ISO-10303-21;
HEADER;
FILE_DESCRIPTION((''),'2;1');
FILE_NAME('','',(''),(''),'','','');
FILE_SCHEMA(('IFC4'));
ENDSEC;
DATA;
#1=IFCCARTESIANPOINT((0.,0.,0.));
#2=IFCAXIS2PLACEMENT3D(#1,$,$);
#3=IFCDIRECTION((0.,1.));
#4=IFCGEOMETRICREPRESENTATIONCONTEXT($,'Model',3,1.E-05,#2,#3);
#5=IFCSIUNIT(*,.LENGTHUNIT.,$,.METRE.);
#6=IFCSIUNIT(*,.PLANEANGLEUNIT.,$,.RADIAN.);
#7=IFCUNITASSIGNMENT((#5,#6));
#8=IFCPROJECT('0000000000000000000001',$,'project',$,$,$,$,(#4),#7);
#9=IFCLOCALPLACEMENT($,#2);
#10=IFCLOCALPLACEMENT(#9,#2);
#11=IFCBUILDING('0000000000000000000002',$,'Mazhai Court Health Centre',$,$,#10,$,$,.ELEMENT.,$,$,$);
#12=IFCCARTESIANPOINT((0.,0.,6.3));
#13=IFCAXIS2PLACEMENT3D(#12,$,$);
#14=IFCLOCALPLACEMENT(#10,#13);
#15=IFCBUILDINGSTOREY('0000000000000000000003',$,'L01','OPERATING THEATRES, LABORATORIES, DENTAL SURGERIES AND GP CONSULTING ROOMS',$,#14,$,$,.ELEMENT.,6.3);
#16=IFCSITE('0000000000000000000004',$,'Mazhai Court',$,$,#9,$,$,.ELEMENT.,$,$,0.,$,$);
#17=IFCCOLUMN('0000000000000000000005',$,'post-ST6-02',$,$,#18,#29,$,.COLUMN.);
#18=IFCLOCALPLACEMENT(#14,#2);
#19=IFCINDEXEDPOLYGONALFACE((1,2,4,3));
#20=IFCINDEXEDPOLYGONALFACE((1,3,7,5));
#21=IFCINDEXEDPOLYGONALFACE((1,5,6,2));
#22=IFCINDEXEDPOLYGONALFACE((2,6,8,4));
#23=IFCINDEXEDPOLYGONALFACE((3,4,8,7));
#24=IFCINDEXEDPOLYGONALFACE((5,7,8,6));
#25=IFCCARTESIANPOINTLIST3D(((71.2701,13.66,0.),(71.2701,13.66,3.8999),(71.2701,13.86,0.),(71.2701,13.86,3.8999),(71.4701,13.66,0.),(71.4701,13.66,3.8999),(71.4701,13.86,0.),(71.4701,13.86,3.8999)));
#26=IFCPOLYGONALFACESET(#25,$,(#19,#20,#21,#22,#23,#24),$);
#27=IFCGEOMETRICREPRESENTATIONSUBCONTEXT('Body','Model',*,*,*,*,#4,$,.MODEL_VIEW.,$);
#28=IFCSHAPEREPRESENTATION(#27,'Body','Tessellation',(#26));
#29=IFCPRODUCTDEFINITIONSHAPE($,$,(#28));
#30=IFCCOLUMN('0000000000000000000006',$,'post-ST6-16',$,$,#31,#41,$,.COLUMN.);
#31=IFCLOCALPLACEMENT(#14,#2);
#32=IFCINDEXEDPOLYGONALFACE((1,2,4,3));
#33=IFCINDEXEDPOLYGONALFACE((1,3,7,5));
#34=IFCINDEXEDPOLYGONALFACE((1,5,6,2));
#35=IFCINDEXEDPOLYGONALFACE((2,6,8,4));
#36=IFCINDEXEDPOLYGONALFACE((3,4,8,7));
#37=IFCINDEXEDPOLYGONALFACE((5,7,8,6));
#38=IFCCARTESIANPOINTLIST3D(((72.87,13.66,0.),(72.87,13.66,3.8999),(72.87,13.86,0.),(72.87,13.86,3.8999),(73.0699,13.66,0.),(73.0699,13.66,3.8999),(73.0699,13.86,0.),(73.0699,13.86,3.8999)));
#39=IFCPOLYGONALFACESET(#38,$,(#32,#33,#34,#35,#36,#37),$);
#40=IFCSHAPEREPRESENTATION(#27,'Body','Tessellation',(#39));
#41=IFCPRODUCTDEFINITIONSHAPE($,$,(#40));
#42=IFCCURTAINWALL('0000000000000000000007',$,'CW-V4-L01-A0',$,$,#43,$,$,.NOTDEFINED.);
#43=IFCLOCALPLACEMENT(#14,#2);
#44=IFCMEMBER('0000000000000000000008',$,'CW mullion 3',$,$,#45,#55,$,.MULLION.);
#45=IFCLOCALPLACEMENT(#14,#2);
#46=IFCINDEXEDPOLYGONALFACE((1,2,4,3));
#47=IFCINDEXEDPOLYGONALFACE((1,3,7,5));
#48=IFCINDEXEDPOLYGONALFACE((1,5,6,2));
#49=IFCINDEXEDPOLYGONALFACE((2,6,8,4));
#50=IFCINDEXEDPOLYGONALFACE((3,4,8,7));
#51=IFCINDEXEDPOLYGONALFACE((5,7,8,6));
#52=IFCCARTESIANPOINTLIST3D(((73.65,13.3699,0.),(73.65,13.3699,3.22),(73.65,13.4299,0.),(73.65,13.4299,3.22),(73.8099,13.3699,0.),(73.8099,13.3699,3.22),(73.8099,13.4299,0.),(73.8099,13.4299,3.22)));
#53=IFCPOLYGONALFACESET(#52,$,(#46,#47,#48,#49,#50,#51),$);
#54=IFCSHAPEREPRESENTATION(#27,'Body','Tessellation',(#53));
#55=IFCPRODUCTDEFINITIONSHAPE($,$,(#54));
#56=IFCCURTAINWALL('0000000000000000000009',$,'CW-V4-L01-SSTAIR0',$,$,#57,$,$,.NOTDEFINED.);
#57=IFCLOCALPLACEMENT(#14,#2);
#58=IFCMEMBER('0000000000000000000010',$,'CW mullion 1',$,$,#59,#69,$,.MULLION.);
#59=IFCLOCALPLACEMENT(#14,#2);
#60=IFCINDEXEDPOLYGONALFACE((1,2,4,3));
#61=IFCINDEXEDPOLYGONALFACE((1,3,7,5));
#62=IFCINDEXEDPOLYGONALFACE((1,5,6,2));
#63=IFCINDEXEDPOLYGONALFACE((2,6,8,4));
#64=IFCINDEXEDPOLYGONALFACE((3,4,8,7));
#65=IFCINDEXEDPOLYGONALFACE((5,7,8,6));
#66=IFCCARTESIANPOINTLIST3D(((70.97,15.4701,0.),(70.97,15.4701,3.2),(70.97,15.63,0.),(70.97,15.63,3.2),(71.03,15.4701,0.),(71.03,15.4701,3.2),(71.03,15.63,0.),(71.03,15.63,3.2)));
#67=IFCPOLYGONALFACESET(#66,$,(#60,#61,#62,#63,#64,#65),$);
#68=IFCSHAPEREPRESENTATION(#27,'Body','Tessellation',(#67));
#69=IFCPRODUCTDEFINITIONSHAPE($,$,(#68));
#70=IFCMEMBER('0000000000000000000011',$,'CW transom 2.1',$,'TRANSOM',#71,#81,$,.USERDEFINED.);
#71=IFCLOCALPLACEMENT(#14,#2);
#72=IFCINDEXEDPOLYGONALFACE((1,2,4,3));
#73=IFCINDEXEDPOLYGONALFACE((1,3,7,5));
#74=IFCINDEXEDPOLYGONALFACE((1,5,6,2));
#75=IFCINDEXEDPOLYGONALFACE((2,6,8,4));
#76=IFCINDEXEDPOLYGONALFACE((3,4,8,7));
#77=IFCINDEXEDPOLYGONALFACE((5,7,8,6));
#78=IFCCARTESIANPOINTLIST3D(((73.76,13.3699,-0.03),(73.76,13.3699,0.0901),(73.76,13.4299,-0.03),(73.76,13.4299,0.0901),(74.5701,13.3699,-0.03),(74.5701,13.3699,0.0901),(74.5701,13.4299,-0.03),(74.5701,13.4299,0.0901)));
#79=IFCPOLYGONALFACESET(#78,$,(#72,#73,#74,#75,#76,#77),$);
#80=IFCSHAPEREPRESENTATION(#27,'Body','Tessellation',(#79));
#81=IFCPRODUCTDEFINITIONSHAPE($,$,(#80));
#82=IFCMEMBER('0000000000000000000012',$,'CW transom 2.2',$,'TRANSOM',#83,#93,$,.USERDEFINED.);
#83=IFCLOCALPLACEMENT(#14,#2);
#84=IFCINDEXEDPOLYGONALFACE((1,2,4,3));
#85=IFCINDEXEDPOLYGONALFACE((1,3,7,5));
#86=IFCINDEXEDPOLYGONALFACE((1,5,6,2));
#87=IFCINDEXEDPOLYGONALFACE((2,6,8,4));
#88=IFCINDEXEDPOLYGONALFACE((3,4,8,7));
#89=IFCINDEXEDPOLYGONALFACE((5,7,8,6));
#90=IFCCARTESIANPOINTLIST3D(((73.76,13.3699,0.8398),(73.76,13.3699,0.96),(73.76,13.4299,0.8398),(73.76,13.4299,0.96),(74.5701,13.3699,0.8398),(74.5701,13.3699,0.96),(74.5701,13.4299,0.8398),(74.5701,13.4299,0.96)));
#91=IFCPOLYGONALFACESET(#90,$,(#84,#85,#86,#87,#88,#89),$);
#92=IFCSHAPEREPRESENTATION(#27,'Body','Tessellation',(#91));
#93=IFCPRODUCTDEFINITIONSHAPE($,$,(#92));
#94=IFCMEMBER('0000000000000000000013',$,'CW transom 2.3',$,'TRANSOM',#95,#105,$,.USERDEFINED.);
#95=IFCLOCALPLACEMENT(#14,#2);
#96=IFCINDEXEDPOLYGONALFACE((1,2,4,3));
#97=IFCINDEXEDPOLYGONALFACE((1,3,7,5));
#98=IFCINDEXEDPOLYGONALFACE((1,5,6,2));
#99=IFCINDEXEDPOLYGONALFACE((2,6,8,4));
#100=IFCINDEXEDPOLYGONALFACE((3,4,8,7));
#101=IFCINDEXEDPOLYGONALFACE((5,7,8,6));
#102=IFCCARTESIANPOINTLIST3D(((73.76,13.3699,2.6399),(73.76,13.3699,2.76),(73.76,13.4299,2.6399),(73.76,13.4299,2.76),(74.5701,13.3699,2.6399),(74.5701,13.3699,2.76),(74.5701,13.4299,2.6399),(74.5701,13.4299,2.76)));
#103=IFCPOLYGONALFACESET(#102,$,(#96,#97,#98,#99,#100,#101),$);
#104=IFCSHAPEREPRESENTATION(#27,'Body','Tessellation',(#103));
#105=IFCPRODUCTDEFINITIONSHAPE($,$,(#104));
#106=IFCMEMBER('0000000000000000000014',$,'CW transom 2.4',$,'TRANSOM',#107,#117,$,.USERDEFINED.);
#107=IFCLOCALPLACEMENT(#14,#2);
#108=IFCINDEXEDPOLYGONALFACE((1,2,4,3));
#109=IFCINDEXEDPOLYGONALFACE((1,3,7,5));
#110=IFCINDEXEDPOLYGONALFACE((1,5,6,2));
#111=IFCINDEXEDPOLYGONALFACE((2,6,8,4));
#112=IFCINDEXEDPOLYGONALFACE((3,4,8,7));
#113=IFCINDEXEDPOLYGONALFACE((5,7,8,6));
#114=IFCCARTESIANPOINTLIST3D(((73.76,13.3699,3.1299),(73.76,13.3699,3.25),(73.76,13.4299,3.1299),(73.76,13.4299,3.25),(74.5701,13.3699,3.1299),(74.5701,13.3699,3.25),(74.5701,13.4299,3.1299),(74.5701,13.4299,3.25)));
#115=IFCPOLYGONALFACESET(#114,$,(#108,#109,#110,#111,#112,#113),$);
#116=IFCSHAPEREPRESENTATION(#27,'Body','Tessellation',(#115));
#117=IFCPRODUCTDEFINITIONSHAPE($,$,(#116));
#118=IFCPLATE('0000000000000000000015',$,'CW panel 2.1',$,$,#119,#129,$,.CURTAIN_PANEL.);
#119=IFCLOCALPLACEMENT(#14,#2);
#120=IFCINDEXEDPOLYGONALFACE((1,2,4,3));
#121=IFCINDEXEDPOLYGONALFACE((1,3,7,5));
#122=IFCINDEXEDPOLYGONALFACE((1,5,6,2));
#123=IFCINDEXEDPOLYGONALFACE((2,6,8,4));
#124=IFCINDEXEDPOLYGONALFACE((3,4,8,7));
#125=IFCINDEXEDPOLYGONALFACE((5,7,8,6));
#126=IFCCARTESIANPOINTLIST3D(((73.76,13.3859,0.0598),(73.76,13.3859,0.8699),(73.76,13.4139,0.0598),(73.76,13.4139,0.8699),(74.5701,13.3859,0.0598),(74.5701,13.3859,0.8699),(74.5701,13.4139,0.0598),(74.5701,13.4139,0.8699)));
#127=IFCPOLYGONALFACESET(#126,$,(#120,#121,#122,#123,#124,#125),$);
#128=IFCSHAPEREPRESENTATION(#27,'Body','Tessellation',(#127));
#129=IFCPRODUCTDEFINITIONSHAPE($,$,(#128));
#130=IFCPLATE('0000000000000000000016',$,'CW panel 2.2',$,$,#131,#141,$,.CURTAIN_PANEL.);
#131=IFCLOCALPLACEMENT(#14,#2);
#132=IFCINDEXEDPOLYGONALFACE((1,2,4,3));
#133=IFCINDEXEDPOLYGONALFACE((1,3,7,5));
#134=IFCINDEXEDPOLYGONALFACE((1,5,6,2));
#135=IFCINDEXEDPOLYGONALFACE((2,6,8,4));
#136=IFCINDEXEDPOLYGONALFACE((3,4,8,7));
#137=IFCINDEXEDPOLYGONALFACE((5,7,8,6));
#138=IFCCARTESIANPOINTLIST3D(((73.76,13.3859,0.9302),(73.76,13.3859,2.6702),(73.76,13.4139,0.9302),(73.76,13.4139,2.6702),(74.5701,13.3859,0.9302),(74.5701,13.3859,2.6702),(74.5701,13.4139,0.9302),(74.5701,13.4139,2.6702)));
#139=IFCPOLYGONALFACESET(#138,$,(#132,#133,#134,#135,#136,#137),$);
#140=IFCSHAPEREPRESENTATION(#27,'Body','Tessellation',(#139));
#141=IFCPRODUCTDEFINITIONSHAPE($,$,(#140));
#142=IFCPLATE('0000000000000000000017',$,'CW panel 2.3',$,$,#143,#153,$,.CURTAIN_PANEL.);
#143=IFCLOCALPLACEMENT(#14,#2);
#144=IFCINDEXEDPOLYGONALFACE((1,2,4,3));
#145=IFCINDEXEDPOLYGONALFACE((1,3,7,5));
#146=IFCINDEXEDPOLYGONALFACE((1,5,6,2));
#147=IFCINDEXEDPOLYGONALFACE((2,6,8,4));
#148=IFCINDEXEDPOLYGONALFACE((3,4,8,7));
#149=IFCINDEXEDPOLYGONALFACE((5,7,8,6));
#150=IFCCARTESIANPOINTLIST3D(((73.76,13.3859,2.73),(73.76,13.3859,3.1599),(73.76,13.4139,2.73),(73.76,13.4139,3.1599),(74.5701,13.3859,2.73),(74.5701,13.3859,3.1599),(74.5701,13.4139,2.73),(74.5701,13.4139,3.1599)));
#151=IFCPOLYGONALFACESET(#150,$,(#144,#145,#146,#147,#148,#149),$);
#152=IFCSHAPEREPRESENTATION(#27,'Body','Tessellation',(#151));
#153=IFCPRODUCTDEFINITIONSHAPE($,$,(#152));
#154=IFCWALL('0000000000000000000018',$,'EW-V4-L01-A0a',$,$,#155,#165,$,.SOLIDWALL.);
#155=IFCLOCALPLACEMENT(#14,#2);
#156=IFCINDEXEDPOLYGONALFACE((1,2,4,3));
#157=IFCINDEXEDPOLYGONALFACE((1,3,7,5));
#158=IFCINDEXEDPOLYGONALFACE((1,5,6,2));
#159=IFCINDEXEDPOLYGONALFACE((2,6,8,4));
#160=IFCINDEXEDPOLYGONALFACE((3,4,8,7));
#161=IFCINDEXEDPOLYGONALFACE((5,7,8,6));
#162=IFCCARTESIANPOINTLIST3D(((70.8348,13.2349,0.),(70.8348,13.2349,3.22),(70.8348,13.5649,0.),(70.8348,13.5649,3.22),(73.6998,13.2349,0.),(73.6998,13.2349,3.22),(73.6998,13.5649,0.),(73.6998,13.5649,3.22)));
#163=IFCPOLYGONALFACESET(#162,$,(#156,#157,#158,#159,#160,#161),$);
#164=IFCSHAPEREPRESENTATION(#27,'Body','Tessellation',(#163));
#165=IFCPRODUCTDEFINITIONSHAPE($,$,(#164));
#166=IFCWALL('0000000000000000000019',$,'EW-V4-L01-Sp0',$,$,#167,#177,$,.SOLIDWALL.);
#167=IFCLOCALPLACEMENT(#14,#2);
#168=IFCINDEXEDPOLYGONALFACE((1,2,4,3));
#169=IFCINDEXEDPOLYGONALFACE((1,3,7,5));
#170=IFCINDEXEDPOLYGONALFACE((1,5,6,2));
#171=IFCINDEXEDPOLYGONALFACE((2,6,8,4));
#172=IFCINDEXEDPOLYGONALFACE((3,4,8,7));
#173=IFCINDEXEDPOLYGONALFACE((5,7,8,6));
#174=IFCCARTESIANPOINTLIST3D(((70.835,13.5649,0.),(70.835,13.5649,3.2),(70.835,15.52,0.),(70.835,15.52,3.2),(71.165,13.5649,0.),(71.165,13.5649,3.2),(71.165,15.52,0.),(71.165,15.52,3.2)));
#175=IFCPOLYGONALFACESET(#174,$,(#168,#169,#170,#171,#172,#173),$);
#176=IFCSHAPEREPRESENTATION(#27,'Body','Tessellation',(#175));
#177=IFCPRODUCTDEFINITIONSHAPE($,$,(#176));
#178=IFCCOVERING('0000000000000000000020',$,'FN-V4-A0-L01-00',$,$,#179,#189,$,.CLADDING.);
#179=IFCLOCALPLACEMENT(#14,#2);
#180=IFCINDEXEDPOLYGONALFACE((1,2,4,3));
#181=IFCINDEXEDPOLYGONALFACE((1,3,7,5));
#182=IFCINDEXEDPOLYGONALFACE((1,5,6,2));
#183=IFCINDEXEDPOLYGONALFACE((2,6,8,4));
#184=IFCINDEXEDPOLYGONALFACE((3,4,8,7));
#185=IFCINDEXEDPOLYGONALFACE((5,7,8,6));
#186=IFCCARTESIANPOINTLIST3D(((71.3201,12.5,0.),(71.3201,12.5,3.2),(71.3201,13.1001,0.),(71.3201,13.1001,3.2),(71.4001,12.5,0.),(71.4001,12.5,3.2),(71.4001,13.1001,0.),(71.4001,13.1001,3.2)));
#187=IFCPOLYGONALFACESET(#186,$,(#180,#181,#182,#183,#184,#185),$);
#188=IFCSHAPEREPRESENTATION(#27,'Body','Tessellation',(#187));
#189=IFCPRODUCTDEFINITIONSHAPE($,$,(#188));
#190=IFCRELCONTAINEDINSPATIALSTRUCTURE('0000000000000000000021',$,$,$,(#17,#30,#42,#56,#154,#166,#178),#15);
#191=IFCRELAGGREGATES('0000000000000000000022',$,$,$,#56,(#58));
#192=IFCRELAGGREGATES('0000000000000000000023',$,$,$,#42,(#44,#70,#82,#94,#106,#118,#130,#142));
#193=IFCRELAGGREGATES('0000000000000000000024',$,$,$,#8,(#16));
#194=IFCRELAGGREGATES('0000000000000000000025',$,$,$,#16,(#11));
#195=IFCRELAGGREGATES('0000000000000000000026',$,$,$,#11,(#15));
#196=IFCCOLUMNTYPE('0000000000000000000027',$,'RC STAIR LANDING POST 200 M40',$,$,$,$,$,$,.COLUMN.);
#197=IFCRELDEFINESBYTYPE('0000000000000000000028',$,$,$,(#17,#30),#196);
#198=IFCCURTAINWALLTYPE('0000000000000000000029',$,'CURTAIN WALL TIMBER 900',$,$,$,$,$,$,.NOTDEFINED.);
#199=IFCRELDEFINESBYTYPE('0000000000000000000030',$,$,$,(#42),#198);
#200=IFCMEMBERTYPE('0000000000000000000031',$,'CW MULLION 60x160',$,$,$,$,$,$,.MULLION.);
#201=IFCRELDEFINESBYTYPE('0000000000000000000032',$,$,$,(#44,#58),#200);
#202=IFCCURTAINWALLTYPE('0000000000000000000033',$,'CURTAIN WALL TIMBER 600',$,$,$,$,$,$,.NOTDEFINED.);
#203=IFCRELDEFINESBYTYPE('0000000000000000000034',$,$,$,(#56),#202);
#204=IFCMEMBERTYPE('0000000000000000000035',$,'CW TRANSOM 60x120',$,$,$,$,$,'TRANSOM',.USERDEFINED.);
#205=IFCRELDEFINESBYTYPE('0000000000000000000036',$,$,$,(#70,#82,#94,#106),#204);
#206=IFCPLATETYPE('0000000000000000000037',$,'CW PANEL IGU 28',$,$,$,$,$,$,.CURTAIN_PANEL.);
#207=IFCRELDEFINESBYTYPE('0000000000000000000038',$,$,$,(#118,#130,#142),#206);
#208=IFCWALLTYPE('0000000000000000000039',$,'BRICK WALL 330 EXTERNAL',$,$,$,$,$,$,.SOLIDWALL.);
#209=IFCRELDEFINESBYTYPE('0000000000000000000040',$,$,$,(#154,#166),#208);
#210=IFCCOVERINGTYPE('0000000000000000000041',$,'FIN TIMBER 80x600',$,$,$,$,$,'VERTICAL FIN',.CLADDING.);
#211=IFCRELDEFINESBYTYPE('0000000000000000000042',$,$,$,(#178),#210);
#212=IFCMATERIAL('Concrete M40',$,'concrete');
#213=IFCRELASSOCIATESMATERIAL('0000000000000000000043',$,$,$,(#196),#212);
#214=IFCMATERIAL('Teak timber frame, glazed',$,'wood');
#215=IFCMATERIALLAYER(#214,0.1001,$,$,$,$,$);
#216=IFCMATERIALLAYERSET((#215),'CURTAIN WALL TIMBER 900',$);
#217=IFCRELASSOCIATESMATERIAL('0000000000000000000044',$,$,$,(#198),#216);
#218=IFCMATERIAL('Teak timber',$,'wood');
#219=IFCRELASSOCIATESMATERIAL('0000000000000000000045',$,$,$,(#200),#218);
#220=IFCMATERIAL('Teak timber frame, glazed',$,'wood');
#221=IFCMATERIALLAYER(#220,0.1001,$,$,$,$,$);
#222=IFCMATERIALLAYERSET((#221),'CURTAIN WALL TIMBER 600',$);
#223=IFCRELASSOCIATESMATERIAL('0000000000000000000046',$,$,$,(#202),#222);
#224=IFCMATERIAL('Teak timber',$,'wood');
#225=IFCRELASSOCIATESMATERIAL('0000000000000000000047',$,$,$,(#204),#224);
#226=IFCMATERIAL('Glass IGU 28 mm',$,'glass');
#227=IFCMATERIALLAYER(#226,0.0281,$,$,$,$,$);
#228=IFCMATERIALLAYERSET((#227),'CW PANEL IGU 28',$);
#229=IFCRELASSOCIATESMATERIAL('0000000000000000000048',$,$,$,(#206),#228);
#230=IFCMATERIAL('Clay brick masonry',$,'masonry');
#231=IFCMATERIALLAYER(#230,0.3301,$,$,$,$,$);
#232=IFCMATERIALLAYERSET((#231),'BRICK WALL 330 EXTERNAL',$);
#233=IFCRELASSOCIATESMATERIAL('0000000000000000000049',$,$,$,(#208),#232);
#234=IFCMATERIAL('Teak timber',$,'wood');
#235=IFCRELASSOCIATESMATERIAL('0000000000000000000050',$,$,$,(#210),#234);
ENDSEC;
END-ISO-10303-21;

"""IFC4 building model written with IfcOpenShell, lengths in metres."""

from ifc_helpers import new_model, si_unit, direction, frame, frame_2d, origin, origin_2d, place, context, subcontext, project, spatial, rectangle, extrude, material, layer, layer_set, material_profile, profile_set, type_object, element, aggregate, save


model = new_model("IFC4")

# Units and contexts
model_context = context("Model", 3, precision=1e-05, world=origin(), true_north=direction((0.0, 1.0)))
body_context = subcontext(model_context, "Body", "Model", "MODEL_VIEW")
ifc_project = project(units=[si_unit("LENGTHUNIT", "METRE"), si_unit("PLANEANGLEUNIT", "RADIAN")], contexts=[model_context])

# Site, building, storey
site_placement = place(None, origin())
site = spatial("IfcSite", under=ifc_project, at=site_placement, Name="Mazhai Court", CompositionType="ELEMENT", RefElevation=0.0)
building_placement = place(site_placement, origin())
building = spatial("IfcBuilding", under=site, at=building_placement, Name="Mazhai Court Health Centre", CompositionType="ELEMENT")
storey_placement = place(building_placement, frame((0.0, 0.0, 6.3)))
storey = spatial("IfcBuildingStorey", under=building, at=storey_placement, Name="L01", Description="OPERATING THEATRES, LABORATORIES, DENTAL SURGERIES AND GP CONSULTING ROOMS", CompositionType="ELEMENT", Elevation=6.3)

# Columns
ifc_material_1 = material(Name="Concrete M40", Category="concrete")
ifc_material_profile_1 = material_profile(ifc_material_1, rectangle(XDim=0.2, YDim=0.2, at=origin_2d()), Name="RC 200x200")
ifc_profile_set_1 = profile_set([ifc_material_profile_1], Name="Concrete M40")
column_type = type_object("IfcColumnType", Name="RC STAIR LANDING POST 200 M40", PredefinedType="COLUMN", material=ifc_profile_set_1)
for number, where, z_axis, x_axis, name in (
    (1, (71.3701, 13.76, 0.0), (0.0, 0.0, 1.0), (1.0, 0.0, 0.0), "post-ST6-02"),
    (2, (72.97, 13.76, 0.0), (0.0, 0.0, 1.0), (1.0, 0.0, 0.0), "post-ST6-16"),
):
    element("IfcColumn", number, at=place(storey_placement, frame(where, z_axis=z_axis, x_axis=x_axis)), inside=storey, type_object=column_type, Name=name, PredefinedType="COLUMN", context=body_context, shape_type="SweptSolid", body=[
        extrude(rectangle(XDim=0.2, YDim=0.2, at=origin_2d()), origin(), (0.0, 0.0, 1.0), 3.8999),
    ])

# Curtain walls, members
ifc_material_2 = material(Name="Teak timber frame, glazed", Category="wood")
ifc_layer_1 = layer(ifc_material_2, 0.1001)
ifc_layer_set_1 = layer_set([ifc_layer_1], Name="CURTAIN WALL TIMBER 900")
curtain_wall_type_1 = type_object("IfcCurtainWallType", Name="CURTAIN WALL TIMBER 900", PredefinedType="NOTDEFINED", material=ifc_layer_set_1)
curtain_wall_1_placement = place(storey_placement, origin())
curtain_wall_1 = element("IfcCurtainWall", 3, at=curtain_wall_1_placement, inside=storey, type_object=curtain_wall_type_1, Name="CW-V4-L01-A0", PredefinedType="NOTDEFINED")
ifc_material_3 = material(Name="Teak timber", Category="wood")
ifc_material_profile_2 = material_profile(ifc_material_3, rectangle(XDim=0.0601, YDim=0.1599, at=origin_2d()), Name="CW MULLION 60x160")
ifc_profile_set_2 = profile_set([ifc_material_profile_2], Name="Teak timber")
member_type_1 = type_object("IfcMemberType", Name="CW MULLION 60x160", PredefinedType="MULLION", material=ifc_profile_set_2)
member_1_placement = place(storey_placement, frame((73.73, 13.3999, 0.0), z_axis=(0.0, 0.0, 1.0), x_axis=(0.0, -1.0, 0.0)))
member_1 = element("IfcMember", 4, at=member_1_placement, type_object=member_type_1, Name="CW mullion 3", PredefinedType="MULLION", context=body_context, shape_type="SweptSolid", body=[
    extrude(rectangle(XDim=0.0601, YDim=0.1599, at=origin_2d()), origin(), (0.0, 0.0, 1.0), 3.22),
])
ifc_material_4 = material(Name="Teak timber frame, glazed", Category="wood")
ifc_layer_2 = layer(ifc_material_4, 0.1001)
ifc_layer_set_2 = layer_set([ifc_layer_2], Name="CURTAIN WALL TIMBER 600")
curtain_wall_type_2 = type_object("IfcCurtainWallType", Name="CURTAIN WALL TIMBER 600", PredefinedType="NOTDEFINED", material=ifc_layer_set_2)
curtain_wall_2_placement = place(storey_placement, origin())
curtain_wall_2 = element("IfcCurtainWall", 5, at=curtain_wall_2_placement, inside=storey, type_object=curtain_wall_type_2, Name="CW-V4-L01-SSTAIR0", PredefinedType="NOTDEFINED")
member_2_placement = place(storey_placement, frame((71.0, 15.55, 0.0), z_axis=(0.0, 0.0, 1.0), x_axis=(-1.0, 0.0, 0.0)))
member_2 = element("IfcMember", 6, at=member_2_placement, type_object=member_type_1, Name="CW mullion 1", PredefinedType="MULLION", context=body_context, shape_type="SweptSolid", body=[
    extrude(rectangle(XDim=0.0601, YDim=0.1599, at=origin_2d()), origin(), (0.0, 0.0, 1.0), 3.2),
])
aggregate(curtain_wall_2, [member_2])

# Members
ifc_material_5 = material(Name="Teak timber", Category="wood")
ifc_material_profile_3 = material_profile(ifc_material_5, rectangle(XDim=0.0601, YDim=0.1201, at=origin_2d()), Name="CW TRANSOM 60x120")
ifc_profile_set_3 = profile_set([ifc_material_profile_3], Name="Teak timber")
member_type_2 = type_object("IfcMemberType", Name="CW TRANSOM 60x120", ElementType="TRANSOM", PredefinedType="USERDEFINED", material=ifc_profile_set_3)
member_3_placement = place(storey_placement, frame((74.5701, 13.3999, 0.03), z_axis=(-1.0, 0.0, 0.0), x_axis=(0.0, -1.0, 0.0)))
member_3 = element("IfcMember", 7, at=member_3_placement, type_object=member_type_2, Name="CW transom 2.1", ObjectType="TRANSOM", PredefinedType="USERDEFINED", context=body_context, shape_type="SweptSolid", body=[
    extrude(rectangle(XDim=0.0601, YDim=0.1201, at=origin_2d()), origin(), (0.0, 0.0, 1.0), 0.8101),
])
member_4_placement = place(storey_placement, frame((74.5701, 13.3999, 0.8999), z_axis=(-1.0, 0.0, 0.0), x_axis=(0.0, -1.0, 0.0)))
member_4 = element("IfcMember", 8, at=member_4_placement, type_object=member_type_2, Name="CW transom 2.2", ObjectType="TRANSOM", PredefinedType="USERDEFINED", context=body_context, shape_type="SweptSolid", body=[
    extrude(rectangle(XDim=0.0601, YDim=0.1201, at=origin_2d()), origin(), (0.0, 0.0, 1.0), 0.8101),
])
member_5_placement = place(storey_placement, frame((74.5701, 13.3999, 2.7), z_axis=(-1.0, 0.0, 0.0), x_axis=(0.0, -1.0, 0.0)))
member_5 = element("IfcMember", 9, at=member_5_placement, type_object=member_type_2, Name="CW transom 2.3", ObjectType="TRANSOM", PredefinedType="USERDEFINED", context=body_context, shape_type="SweptSolid", body=[
    extrude(rectangle(XDim=0.0601, YDim=0.1201, at=origin_2d()), origin(), (0.0, 0.0, 1.0), 0.8101),
])
member_6_placement = place(storey_placement, frame((74.5701, 13.3999, 3.1899), z_axis=(-1.0, 0.0, 0.0), x_axis=(0.0, -1.0, 0.0)))
member_6 = element("IfcMember", 10, at=member_6_placement, type_object=member_type_2, Name="CW transom 2.4", ObjectType="TRANSOM", PredefinedType="USERDEFINED", context=body_context, shape_type="SweptSolid", body=[
    extrude(rectangle(XDim=0.0601, YDim=0.1201, at=origin_2d()), origin(), (0.0, 0.0, 1.0), 0.8101),
])

# Plates
ifc_material_6 = material(Name="Glass IGU 28 mm", Category="glass")
ifc_layer_3 = layer(ifc_material_6, 0.0281)
ifc_layer_set_3 = layer_set([ifc_layer_3], Name="CW PANEL IGU 28")
plate_type = type_object("IfcPlateType", Name="CW PANEL IGU 28", PredefinedType="CURTAIN_PANEL", material=ifc_layer_set_3)
plate_1_placement = place(storey_placement, frame((74.165, 13.3999, 0.0598), z_axis=(0.0, 0.0, 1.0), x_axis=(-1.0, 0.0, 0.0)))
plate_1 = element("IfcPlate", 11, at=plate_1_placement, type_object=plate_type, Name="CW panel 2.1", PredefinedType="CURTAIN_PANEL", context=body_context, shape_type="SweptSolid", body=[
    extrude(rectangle(XDim=0.8101, YDim=0.0281, at=origin_2d()), origin(), (0.0, 0.0, 1.0), 0.8101),
])
plate_2_placement = place(storey_placement, frame((74.165, 13.3999, 0.9302), z_axis=(0.0, 0.0, 1.0), x_axis=(-1.0, 0.0, 0.0)))
plate_2 = element("IfcPlate", 12, at=plate_2_placement, type_object=plate_type, Name="CW panel 2.2", PredefinedType="CURTAIN_PANEL", context=body_context, shape_type="SweptSolid", body=[
    extrude(rectangle(XDim=0.8101, YDim=0.0281, at=origin_2d()), origin(), (0.0, 0.0, 1.0), 1.74),
])
plate_3_placement = place(storey_placement, frame((74.165, 13.3999, 2.73), z_axis=(0.0, 0.0, 1.0), x_axis=(-1.0, 0.0, 0.0)))
plate_3 = element("IfcPlate", 13, at=plate_3_placement, type_object=plate_type, Name="CW panel 2.3", PredefinedType="CURTAIN_PANEL", context=body_context, shape_type="SweptSolid", body=[
    extrude(rectangle(XDim=0.8101, YDim=0.0281, at=origin_2d()), origin(), (0.0, 0.0, 1.0), 0.4299),
])
aggregate(curtain_wall_1, [member_1, member_3, member_4, member_5, member_6, plate_1, plate_2, plate_3])

# Walls
ifc_material_7 = material(Name="Clay brick masonry", Category="masonry")
ifc_layer_4 = layer(ifc_material_7, 0.3301)
ifc_layer_set_4 = layer_set([ifc_layer_4], Name="BRICK WALL 330 EXTERNAL")
wall_type = type_object("IfcWallType", Name="BRICK WALL 330 EXTERNAL", PredefinedType="SOLIDWALL", material=ifc_layer_set_4)
wall_1_placement = place(storey_placement, frame((73.7, 13.3999, 0.0), z_axis=(0.0, 0.0, 1.0), x_axis=(-1.0, 0.0, 0.0)))
element("IfcWall", 14, at=wall_1_placement, inside=storey, type_object=wall_type, Name="EW-V4-L01-A0a", PredefinedType="SOLIDWALL", context=body_context, shape_type="SweptSolid", body=[
    extrude(rectangle(XDim=2.865, YDim=0.3301, at=frame_2d((1.4326, 0.0))), origin(), (0.0, 0.0, 1.0), 3.22),
])
wall_2_placement = place(storey_placement, frame((71.0, 13.5649, 0.0), z_axis=(0.0, 0.0, 1.0), x_axis=(0.0, 1.0, 0.0)))
element("IfcWall", 15, at=wall_2_placement, inside=storey, type_object=wall_type, Name="EW-V4-L01-Sp0", PredefinedType="SOLIDWALL", context=body_context, shape_type="SweptSolid", body=[
    extrude(rectangle(XDim=1.9551, YDim=0.3301, at=frame_2d((0.9775, 0.0))), origin(), (0.0, 0.0, 1.0), 3.2),
])

# Covering
ifc_material_8 = material(Name="Teak timber", Category="wood")
covering_type = type_object("IfcCoveringType", Name="FIN TIMBER 80x600", ElementType="VERTICAL FIN", PredefinedType="CLADDING", material=ifc_material_8)
for number, where, z_axis, x_axis, name in (
    (16, (71.3601, 12.8, 0.0), (0.0, 0.0, 1.0), (1.0, 0.0, 0.0), "FN-V4-A0-L01-00"),
):
    element("IfcCovering", number, at=place(storey_placement, frame(where, z_axis=z_axis, x_axis=x_axis)), inside=storey, type_object=covering_type, Name=name, PredefinedType="CLADDING", context=body_context, shape_type="SweptSolid", body=[
        extrude(rectangle(XDim=0.0801, YDim=0.6001, at=origin_2d()), origin(), (0.0, 0.0, 1.0), 3.2),
    ])

save(model, "model.ifc")
